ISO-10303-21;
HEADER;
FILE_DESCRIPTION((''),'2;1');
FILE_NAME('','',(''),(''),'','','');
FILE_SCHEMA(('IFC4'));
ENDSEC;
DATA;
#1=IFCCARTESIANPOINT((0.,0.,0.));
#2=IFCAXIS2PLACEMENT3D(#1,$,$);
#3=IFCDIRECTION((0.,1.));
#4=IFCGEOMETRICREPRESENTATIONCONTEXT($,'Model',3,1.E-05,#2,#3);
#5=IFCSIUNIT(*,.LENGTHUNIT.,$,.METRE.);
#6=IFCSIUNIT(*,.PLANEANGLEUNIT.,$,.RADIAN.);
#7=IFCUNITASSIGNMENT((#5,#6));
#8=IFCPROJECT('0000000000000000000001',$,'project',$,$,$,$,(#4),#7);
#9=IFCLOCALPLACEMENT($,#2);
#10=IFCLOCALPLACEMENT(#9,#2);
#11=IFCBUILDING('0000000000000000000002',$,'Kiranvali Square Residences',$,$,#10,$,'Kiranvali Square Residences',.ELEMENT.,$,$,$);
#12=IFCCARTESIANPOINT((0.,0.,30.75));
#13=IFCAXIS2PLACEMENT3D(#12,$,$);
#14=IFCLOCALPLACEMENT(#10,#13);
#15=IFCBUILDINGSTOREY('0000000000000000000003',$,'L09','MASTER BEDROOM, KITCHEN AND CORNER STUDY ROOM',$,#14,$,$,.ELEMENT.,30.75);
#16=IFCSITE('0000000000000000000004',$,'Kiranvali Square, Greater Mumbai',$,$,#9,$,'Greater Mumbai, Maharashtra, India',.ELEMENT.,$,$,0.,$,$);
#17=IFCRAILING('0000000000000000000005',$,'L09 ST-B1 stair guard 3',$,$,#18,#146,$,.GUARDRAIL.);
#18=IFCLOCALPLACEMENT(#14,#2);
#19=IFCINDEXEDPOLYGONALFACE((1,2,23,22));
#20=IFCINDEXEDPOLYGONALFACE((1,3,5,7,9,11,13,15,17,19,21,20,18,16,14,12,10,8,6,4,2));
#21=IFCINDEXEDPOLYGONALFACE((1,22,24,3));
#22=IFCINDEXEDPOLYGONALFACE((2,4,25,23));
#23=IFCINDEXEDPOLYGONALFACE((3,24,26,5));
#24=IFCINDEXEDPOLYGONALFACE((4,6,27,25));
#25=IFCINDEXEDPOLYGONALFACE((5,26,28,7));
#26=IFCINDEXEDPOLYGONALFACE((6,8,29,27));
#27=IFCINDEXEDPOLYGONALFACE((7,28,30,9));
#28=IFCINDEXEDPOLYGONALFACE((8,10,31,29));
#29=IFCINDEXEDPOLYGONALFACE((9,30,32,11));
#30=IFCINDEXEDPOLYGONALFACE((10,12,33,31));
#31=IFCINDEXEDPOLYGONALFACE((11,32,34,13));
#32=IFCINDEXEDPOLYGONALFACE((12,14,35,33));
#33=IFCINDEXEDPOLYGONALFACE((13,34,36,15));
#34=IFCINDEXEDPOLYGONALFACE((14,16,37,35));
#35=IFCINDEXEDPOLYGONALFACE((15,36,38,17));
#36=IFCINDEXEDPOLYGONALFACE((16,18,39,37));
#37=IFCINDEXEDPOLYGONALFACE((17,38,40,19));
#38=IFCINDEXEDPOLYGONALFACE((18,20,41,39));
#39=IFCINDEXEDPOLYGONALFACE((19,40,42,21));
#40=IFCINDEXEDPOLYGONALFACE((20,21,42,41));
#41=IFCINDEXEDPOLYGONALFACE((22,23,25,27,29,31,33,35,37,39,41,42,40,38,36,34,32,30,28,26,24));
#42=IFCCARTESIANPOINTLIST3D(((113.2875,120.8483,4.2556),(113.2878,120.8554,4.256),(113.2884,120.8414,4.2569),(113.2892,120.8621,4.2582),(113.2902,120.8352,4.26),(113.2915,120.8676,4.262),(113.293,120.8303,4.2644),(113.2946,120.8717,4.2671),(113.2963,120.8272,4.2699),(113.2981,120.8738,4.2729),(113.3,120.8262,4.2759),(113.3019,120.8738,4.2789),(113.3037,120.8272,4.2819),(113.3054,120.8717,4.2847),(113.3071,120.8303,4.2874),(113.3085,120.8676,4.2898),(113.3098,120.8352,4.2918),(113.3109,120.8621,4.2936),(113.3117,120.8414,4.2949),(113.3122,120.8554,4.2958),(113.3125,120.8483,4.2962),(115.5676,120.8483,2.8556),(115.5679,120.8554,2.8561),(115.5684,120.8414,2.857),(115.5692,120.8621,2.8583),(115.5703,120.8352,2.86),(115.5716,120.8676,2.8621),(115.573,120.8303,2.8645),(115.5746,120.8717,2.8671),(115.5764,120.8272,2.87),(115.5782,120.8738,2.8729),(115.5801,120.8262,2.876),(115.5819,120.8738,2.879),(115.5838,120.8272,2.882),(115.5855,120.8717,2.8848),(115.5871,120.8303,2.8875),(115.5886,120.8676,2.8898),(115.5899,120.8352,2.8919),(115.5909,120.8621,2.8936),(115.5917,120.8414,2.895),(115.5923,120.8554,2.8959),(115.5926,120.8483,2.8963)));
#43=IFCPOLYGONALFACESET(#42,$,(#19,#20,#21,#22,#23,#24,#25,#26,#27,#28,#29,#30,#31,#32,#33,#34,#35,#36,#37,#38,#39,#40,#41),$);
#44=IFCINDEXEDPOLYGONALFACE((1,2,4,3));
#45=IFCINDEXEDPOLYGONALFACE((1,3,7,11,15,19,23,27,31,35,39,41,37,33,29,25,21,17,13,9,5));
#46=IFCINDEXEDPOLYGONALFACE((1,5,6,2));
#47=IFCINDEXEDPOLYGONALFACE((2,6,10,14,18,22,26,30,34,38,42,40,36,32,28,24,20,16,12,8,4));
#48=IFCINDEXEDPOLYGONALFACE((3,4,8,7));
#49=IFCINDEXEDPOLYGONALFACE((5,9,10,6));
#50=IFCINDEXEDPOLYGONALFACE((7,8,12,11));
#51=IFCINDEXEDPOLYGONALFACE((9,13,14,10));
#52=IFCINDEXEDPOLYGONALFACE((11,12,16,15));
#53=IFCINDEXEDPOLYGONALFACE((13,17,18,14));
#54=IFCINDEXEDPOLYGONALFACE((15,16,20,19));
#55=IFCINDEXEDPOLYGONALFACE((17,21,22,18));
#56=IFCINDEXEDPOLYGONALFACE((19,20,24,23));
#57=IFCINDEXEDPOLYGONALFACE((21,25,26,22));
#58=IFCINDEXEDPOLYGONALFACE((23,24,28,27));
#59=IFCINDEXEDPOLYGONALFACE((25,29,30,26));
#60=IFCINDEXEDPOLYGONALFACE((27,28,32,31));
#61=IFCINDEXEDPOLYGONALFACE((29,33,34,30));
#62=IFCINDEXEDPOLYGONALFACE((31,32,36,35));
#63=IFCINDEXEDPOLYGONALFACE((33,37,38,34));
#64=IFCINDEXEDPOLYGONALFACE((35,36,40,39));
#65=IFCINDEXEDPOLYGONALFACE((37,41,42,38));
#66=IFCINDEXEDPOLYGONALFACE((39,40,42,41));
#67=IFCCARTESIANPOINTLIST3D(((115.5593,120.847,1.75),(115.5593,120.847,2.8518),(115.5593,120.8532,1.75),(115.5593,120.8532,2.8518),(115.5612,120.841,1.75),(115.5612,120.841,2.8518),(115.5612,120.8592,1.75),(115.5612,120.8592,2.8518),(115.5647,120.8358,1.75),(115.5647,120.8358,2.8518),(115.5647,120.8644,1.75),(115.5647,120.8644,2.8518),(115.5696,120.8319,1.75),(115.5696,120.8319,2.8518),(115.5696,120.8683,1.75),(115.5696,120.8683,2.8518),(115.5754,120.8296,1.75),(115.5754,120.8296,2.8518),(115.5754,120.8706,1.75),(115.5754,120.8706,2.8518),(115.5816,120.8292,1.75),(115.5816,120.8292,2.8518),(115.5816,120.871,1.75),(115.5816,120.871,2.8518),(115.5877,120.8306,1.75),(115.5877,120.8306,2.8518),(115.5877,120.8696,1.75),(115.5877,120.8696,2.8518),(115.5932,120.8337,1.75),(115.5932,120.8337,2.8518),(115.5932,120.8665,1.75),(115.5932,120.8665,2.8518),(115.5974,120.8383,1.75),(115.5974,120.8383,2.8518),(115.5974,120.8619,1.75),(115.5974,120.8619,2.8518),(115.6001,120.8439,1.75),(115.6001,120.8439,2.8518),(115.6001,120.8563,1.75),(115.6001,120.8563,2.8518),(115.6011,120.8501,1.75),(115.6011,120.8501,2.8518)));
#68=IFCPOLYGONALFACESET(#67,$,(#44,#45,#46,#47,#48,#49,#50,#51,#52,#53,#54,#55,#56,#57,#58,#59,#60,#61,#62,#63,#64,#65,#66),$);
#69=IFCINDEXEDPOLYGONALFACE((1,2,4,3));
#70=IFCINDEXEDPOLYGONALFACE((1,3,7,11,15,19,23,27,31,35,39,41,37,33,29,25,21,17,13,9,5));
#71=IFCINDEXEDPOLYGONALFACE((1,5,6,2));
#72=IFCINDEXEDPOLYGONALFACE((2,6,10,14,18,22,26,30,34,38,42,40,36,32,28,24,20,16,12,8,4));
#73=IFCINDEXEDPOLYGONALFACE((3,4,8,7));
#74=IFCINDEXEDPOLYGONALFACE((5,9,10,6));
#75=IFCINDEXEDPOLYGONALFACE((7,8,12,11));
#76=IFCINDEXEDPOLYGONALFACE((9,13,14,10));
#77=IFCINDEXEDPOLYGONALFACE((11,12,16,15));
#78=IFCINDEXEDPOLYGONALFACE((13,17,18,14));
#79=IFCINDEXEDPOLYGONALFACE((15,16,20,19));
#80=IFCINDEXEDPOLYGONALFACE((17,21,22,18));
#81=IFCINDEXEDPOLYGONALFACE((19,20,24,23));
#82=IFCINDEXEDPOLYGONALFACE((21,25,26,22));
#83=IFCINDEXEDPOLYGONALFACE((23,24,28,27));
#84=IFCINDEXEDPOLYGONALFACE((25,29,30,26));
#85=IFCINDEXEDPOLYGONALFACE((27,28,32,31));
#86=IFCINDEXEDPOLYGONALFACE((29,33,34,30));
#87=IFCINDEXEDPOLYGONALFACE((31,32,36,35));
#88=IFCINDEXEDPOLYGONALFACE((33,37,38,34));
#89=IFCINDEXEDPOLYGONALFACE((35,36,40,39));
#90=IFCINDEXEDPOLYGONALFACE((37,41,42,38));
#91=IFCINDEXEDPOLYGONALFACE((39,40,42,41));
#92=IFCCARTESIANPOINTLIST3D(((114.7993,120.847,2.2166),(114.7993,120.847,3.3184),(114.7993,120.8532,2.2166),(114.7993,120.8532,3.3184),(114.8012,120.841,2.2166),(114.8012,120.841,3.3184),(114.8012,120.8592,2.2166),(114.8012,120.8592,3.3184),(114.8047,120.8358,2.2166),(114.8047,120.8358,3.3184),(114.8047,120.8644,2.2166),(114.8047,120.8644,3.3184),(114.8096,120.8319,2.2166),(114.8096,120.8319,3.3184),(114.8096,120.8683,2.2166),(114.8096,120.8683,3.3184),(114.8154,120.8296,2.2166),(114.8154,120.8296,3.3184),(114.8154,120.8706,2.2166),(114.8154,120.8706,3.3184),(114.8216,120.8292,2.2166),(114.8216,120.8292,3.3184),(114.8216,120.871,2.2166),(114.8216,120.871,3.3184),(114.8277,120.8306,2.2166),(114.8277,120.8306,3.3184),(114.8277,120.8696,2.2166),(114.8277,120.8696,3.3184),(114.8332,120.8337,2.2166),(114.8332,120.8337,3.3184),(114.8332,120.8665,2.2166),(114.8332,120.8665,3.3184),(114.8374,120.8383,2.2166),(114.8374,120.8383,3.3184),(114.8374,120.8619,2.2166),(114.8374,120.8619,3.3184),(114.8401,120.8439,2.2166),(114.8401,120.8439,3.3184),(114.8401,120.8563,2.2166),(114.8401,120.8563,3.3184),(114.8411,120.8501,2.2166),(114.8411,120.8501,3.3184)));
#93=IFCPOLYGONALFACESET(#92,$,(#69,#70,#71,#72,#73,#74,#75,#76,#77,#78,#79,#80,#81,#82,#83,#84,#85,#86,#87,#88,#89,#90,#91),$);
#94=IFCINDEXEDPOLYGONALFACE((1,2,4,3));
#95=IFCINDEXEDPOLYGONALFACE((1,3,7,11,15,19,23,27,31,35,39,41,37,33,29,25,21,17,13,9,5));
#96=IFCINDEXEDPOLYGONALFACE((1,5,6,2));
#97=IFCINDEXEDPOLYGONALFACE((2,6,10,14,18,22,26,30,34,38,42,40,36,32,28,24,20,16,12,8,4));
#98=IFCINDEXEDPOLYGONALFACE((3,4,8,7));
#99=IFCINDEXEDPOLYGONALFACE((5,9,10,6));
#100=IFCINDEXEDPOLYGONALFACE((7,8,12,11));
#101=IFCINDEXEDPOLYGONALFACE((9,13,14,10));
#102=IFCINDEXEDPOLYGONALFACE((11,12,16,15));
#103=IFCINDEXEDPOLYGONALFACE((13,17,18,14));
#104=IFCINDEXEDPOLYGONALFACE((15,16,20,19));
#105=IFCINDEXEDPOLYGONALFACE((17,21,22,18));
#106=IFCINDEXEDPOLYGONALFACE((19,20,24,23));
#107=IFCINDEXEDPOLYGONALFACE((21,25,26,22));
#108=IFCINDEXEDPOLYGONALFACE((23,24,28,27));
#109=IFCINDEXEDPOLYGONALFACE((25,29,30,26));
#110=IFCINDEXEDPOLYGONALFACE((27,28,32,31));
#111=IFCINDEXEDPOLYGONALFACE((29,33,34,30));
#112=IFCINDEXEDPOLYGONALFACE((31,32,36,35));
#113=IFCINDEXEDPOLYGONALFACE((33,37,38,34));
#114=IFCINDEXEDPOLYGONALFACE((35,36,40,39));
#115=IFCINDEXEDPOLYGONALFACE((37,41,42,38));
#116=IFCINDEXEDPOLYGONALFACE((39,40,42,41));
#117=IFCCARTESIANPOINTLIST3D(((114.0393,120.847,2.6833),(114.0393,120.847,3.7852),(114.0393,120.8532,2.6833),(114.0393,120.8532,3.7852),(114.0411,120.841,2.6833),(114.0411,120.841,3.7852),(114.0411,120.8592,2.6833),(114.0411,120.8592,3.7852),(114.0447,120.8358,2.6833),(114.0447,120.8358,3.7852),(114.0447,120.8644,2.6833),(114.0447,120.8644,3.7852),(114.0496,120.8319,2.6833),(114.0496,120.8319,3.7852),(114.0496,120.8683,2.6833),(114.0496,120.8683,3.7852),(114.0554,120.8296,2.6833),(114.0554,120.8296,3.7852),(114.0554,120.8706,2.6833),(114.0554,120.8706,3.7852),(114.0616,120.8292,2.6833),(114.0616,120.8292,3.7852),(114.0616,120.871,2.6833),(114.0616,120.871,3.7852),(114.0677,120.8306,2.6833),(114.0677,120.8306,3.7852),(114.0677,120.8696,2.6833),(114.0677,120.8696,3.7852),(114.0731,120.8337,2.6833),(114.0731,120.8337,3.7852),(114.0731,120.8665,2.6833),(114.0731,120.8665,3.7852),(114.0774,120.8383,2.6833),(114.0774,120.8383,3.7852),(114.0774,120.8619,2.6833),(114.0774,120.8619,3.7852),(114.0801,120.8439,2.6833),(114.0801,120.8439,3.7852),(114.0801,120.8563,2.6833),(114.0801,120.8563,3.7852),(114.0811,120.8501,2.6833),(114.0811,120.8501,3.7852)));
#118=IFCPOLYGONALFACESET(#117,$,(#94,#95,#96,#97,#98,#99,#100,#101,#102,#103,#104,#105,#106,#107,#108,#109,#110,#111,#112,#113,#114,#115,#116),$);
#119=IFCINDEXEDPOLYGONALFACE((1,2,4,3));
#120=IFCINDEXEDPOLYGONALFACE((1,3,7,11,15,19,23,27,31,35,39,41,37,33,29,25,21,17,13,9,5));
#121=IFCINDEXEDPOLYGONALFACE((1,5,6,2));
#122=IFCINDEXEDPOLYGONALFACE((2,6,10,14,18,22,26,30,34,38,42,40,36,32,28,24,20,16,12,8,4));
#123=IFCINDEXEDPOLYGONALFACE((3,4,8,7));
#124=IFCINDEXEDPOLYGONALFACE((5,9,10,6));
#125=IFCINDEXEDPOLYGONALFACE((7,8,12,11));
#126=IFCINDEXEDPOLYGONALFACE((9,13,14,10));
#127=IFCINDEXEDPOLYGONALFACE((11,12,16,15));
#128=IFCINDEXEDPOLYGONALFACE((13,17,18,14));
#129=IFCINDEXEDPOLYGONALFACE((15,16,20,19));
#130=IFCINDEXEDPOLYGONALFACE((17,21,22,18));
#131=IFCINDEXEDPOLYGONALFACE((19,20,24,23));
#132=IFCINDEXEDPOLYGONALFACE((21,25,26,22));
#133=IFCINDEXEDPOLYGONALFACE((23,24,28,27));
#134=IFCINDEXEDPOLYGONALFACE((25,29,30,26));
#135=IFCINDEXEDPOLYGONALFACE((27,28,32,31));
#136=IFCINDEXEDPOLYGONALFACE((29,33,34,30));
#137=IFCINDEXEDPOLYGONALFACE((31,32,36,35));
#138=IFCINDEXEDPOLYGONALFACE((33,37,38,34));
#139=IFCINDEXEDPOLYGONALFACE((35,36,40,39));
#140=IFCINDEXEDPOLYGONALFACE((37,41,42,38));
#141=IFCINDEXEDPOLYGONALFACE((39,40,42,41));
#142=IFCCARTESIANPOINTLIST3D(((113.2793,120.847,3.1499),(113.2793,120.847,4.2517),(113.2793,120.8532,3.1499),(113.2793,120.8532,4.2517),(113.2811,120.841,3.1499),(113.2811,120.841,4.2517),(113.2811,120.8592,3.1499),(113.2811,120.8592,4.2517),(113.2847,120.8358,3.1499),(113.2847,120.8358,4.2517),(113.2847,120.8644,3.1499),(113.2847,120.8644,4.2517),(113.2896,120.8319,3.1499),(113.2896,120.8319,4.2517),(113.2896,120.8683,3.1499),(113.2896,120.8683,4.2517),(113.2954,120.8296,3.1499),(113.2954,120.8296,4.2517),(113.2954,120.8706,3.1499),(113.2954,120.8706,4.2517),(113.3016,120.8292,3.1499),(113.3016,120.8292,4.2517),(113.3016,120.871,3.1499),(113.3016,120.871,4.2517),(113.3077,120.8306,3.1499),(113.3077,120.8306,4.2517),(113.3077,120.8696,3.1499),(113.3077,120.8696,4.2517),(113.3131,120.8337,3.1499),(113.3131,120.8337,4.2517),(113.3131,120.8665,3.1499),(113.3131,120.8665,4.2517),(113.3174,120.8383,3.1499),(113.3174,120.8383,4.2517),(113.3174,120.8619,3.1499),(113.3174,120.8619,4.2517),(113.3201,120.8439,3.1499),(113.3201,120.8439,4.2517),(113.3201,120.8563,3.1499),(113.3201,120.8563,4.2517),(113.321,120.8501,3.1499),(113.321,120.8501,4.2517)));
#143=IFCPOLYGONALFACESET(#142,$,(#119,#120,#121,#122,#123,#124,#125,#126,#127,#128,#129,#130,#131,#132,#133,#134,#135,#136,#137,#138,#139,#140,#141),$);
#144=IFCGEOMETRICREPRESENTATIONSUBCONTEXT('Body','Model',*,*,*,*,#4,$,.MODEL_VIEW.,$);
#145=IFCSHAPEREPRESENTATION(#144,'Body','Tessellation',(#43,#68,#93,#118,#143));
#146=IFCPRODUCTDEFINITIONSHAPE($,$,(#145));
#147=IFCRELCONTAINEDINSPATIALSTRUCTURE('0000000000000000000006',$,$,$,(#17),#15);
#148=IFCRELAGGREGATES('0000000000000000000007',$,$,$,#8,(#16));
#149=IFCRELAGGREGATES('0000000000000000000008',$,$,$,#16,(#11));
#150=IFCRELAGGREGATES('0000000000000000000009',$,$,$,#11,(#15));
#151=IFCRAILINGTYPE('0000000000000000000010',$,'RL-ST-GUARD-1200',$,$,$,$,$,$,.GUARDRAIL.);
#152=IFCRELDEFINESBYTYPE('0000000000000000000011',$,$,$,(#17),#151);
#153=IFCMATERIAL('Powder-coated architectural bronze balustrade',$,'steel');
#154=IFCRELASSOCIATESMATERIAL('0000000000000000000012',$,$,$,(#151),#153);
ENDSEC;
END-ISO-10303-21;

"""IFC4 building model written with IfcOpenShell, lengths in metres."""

from ifc_helpers import new_model, si_unit, direction, frame, origin, origin_2d, place, context, subcontext, project, spatial, circle, extrude, material, type_object, element, save


model = new_model("IFC4")

# Units and contexts
model_context = context("Model", 3, precision=1e-05, world=origin(), true_north=direction((0.0, 1.0)))
body_context = subcontext(model_context, "Body", "Model", "MODEL_VIEW")
ifc_project = project(units=[si_unit("LENGTHUNIT", "METRE"), si_unit("PLANEANGLEUNIT", "RADIAN")], contexts=[model_context])

# Site, building, storey
site_placement = place(None, origin())
site = spatial("IfcSite", under=ifc_project, at=site_placement, Name="Kiranvali Square, Greater Mumbai", LongName="Greater Mumbai, Maharashtra, India", CompositionType="ELEMENT", RefElevation=0.0)
building_placement = place(site_placement, origin())
building = spatial("IfcBuilding", under=site, at=building_placement, Name="Kiranvali Square Residences", LongName="Kiranvali Square Residences", CompositionType="ELEMENT")
storey_placement = place(building_placement, frame((0.0, 0.0, 30.75)))
storey = spatial("IfcBuildingStorey", under=building, at=storey_placement, Name="L09", Description="MASTER BEDROOM, KITCHEN AND CORNER STUDY ROOM", CompositionType="ELEMENT", Elevation=30.75)

# Railing
ifc_material_1 = material(Name="Powder-coated architectural bronze balustrade", Category="steel")
railing_type_1 = type_object("IfcRailingType", Name="RL-ST-GUARD-1200", PredefinedType="GUARDRAIL", material=ifc_material_1)
railing_1_placement = place(storey_placement, frame((115.5801, 120.8501, 1.75)))
element("IfcRailing", 1, at=railing_1_placement, inside=storey, type_object=railing_type_1, Name="L09 ST-B1 stair guard 3", PredefinedType="GUARDRAIL", context=body_context, shape_type="SweptSolid", body=[
    extrude(circle(Radius=0.0239, at=origin_2d()), frame((0.0, 0.0, 1.126), z_axis=(-0.85219, 0.0, 0.523232), x_axis=(0.0, -1.0, 0.0)), (0.0, 0.0, 1.0), 2.6755),
    extrude(circle(Radius=0.021, at=origin_2d()), origin(), (0.0, 0.0, 1.0), 1.1018),
    extrude(circle(Radius=0.021, at=origin_2d()), frame((-0.76, 0.0, 0.4666)), (0.0, 0.0, 1.0), 1.1018),
    extrude(circle(Radius=0.021, at=origin_2d()), frame((-1.52, 0.0, 0.9333)), (0.0, 0.0, 1.0), 1.1018),
    extrude(circle(Radius=0.021, at=origin_2d()), frame((-2.28, 0.0, 1.3999)), (0.0, 0.0, 1.0), 1.1018),
])

save(model, "model.ifc")
